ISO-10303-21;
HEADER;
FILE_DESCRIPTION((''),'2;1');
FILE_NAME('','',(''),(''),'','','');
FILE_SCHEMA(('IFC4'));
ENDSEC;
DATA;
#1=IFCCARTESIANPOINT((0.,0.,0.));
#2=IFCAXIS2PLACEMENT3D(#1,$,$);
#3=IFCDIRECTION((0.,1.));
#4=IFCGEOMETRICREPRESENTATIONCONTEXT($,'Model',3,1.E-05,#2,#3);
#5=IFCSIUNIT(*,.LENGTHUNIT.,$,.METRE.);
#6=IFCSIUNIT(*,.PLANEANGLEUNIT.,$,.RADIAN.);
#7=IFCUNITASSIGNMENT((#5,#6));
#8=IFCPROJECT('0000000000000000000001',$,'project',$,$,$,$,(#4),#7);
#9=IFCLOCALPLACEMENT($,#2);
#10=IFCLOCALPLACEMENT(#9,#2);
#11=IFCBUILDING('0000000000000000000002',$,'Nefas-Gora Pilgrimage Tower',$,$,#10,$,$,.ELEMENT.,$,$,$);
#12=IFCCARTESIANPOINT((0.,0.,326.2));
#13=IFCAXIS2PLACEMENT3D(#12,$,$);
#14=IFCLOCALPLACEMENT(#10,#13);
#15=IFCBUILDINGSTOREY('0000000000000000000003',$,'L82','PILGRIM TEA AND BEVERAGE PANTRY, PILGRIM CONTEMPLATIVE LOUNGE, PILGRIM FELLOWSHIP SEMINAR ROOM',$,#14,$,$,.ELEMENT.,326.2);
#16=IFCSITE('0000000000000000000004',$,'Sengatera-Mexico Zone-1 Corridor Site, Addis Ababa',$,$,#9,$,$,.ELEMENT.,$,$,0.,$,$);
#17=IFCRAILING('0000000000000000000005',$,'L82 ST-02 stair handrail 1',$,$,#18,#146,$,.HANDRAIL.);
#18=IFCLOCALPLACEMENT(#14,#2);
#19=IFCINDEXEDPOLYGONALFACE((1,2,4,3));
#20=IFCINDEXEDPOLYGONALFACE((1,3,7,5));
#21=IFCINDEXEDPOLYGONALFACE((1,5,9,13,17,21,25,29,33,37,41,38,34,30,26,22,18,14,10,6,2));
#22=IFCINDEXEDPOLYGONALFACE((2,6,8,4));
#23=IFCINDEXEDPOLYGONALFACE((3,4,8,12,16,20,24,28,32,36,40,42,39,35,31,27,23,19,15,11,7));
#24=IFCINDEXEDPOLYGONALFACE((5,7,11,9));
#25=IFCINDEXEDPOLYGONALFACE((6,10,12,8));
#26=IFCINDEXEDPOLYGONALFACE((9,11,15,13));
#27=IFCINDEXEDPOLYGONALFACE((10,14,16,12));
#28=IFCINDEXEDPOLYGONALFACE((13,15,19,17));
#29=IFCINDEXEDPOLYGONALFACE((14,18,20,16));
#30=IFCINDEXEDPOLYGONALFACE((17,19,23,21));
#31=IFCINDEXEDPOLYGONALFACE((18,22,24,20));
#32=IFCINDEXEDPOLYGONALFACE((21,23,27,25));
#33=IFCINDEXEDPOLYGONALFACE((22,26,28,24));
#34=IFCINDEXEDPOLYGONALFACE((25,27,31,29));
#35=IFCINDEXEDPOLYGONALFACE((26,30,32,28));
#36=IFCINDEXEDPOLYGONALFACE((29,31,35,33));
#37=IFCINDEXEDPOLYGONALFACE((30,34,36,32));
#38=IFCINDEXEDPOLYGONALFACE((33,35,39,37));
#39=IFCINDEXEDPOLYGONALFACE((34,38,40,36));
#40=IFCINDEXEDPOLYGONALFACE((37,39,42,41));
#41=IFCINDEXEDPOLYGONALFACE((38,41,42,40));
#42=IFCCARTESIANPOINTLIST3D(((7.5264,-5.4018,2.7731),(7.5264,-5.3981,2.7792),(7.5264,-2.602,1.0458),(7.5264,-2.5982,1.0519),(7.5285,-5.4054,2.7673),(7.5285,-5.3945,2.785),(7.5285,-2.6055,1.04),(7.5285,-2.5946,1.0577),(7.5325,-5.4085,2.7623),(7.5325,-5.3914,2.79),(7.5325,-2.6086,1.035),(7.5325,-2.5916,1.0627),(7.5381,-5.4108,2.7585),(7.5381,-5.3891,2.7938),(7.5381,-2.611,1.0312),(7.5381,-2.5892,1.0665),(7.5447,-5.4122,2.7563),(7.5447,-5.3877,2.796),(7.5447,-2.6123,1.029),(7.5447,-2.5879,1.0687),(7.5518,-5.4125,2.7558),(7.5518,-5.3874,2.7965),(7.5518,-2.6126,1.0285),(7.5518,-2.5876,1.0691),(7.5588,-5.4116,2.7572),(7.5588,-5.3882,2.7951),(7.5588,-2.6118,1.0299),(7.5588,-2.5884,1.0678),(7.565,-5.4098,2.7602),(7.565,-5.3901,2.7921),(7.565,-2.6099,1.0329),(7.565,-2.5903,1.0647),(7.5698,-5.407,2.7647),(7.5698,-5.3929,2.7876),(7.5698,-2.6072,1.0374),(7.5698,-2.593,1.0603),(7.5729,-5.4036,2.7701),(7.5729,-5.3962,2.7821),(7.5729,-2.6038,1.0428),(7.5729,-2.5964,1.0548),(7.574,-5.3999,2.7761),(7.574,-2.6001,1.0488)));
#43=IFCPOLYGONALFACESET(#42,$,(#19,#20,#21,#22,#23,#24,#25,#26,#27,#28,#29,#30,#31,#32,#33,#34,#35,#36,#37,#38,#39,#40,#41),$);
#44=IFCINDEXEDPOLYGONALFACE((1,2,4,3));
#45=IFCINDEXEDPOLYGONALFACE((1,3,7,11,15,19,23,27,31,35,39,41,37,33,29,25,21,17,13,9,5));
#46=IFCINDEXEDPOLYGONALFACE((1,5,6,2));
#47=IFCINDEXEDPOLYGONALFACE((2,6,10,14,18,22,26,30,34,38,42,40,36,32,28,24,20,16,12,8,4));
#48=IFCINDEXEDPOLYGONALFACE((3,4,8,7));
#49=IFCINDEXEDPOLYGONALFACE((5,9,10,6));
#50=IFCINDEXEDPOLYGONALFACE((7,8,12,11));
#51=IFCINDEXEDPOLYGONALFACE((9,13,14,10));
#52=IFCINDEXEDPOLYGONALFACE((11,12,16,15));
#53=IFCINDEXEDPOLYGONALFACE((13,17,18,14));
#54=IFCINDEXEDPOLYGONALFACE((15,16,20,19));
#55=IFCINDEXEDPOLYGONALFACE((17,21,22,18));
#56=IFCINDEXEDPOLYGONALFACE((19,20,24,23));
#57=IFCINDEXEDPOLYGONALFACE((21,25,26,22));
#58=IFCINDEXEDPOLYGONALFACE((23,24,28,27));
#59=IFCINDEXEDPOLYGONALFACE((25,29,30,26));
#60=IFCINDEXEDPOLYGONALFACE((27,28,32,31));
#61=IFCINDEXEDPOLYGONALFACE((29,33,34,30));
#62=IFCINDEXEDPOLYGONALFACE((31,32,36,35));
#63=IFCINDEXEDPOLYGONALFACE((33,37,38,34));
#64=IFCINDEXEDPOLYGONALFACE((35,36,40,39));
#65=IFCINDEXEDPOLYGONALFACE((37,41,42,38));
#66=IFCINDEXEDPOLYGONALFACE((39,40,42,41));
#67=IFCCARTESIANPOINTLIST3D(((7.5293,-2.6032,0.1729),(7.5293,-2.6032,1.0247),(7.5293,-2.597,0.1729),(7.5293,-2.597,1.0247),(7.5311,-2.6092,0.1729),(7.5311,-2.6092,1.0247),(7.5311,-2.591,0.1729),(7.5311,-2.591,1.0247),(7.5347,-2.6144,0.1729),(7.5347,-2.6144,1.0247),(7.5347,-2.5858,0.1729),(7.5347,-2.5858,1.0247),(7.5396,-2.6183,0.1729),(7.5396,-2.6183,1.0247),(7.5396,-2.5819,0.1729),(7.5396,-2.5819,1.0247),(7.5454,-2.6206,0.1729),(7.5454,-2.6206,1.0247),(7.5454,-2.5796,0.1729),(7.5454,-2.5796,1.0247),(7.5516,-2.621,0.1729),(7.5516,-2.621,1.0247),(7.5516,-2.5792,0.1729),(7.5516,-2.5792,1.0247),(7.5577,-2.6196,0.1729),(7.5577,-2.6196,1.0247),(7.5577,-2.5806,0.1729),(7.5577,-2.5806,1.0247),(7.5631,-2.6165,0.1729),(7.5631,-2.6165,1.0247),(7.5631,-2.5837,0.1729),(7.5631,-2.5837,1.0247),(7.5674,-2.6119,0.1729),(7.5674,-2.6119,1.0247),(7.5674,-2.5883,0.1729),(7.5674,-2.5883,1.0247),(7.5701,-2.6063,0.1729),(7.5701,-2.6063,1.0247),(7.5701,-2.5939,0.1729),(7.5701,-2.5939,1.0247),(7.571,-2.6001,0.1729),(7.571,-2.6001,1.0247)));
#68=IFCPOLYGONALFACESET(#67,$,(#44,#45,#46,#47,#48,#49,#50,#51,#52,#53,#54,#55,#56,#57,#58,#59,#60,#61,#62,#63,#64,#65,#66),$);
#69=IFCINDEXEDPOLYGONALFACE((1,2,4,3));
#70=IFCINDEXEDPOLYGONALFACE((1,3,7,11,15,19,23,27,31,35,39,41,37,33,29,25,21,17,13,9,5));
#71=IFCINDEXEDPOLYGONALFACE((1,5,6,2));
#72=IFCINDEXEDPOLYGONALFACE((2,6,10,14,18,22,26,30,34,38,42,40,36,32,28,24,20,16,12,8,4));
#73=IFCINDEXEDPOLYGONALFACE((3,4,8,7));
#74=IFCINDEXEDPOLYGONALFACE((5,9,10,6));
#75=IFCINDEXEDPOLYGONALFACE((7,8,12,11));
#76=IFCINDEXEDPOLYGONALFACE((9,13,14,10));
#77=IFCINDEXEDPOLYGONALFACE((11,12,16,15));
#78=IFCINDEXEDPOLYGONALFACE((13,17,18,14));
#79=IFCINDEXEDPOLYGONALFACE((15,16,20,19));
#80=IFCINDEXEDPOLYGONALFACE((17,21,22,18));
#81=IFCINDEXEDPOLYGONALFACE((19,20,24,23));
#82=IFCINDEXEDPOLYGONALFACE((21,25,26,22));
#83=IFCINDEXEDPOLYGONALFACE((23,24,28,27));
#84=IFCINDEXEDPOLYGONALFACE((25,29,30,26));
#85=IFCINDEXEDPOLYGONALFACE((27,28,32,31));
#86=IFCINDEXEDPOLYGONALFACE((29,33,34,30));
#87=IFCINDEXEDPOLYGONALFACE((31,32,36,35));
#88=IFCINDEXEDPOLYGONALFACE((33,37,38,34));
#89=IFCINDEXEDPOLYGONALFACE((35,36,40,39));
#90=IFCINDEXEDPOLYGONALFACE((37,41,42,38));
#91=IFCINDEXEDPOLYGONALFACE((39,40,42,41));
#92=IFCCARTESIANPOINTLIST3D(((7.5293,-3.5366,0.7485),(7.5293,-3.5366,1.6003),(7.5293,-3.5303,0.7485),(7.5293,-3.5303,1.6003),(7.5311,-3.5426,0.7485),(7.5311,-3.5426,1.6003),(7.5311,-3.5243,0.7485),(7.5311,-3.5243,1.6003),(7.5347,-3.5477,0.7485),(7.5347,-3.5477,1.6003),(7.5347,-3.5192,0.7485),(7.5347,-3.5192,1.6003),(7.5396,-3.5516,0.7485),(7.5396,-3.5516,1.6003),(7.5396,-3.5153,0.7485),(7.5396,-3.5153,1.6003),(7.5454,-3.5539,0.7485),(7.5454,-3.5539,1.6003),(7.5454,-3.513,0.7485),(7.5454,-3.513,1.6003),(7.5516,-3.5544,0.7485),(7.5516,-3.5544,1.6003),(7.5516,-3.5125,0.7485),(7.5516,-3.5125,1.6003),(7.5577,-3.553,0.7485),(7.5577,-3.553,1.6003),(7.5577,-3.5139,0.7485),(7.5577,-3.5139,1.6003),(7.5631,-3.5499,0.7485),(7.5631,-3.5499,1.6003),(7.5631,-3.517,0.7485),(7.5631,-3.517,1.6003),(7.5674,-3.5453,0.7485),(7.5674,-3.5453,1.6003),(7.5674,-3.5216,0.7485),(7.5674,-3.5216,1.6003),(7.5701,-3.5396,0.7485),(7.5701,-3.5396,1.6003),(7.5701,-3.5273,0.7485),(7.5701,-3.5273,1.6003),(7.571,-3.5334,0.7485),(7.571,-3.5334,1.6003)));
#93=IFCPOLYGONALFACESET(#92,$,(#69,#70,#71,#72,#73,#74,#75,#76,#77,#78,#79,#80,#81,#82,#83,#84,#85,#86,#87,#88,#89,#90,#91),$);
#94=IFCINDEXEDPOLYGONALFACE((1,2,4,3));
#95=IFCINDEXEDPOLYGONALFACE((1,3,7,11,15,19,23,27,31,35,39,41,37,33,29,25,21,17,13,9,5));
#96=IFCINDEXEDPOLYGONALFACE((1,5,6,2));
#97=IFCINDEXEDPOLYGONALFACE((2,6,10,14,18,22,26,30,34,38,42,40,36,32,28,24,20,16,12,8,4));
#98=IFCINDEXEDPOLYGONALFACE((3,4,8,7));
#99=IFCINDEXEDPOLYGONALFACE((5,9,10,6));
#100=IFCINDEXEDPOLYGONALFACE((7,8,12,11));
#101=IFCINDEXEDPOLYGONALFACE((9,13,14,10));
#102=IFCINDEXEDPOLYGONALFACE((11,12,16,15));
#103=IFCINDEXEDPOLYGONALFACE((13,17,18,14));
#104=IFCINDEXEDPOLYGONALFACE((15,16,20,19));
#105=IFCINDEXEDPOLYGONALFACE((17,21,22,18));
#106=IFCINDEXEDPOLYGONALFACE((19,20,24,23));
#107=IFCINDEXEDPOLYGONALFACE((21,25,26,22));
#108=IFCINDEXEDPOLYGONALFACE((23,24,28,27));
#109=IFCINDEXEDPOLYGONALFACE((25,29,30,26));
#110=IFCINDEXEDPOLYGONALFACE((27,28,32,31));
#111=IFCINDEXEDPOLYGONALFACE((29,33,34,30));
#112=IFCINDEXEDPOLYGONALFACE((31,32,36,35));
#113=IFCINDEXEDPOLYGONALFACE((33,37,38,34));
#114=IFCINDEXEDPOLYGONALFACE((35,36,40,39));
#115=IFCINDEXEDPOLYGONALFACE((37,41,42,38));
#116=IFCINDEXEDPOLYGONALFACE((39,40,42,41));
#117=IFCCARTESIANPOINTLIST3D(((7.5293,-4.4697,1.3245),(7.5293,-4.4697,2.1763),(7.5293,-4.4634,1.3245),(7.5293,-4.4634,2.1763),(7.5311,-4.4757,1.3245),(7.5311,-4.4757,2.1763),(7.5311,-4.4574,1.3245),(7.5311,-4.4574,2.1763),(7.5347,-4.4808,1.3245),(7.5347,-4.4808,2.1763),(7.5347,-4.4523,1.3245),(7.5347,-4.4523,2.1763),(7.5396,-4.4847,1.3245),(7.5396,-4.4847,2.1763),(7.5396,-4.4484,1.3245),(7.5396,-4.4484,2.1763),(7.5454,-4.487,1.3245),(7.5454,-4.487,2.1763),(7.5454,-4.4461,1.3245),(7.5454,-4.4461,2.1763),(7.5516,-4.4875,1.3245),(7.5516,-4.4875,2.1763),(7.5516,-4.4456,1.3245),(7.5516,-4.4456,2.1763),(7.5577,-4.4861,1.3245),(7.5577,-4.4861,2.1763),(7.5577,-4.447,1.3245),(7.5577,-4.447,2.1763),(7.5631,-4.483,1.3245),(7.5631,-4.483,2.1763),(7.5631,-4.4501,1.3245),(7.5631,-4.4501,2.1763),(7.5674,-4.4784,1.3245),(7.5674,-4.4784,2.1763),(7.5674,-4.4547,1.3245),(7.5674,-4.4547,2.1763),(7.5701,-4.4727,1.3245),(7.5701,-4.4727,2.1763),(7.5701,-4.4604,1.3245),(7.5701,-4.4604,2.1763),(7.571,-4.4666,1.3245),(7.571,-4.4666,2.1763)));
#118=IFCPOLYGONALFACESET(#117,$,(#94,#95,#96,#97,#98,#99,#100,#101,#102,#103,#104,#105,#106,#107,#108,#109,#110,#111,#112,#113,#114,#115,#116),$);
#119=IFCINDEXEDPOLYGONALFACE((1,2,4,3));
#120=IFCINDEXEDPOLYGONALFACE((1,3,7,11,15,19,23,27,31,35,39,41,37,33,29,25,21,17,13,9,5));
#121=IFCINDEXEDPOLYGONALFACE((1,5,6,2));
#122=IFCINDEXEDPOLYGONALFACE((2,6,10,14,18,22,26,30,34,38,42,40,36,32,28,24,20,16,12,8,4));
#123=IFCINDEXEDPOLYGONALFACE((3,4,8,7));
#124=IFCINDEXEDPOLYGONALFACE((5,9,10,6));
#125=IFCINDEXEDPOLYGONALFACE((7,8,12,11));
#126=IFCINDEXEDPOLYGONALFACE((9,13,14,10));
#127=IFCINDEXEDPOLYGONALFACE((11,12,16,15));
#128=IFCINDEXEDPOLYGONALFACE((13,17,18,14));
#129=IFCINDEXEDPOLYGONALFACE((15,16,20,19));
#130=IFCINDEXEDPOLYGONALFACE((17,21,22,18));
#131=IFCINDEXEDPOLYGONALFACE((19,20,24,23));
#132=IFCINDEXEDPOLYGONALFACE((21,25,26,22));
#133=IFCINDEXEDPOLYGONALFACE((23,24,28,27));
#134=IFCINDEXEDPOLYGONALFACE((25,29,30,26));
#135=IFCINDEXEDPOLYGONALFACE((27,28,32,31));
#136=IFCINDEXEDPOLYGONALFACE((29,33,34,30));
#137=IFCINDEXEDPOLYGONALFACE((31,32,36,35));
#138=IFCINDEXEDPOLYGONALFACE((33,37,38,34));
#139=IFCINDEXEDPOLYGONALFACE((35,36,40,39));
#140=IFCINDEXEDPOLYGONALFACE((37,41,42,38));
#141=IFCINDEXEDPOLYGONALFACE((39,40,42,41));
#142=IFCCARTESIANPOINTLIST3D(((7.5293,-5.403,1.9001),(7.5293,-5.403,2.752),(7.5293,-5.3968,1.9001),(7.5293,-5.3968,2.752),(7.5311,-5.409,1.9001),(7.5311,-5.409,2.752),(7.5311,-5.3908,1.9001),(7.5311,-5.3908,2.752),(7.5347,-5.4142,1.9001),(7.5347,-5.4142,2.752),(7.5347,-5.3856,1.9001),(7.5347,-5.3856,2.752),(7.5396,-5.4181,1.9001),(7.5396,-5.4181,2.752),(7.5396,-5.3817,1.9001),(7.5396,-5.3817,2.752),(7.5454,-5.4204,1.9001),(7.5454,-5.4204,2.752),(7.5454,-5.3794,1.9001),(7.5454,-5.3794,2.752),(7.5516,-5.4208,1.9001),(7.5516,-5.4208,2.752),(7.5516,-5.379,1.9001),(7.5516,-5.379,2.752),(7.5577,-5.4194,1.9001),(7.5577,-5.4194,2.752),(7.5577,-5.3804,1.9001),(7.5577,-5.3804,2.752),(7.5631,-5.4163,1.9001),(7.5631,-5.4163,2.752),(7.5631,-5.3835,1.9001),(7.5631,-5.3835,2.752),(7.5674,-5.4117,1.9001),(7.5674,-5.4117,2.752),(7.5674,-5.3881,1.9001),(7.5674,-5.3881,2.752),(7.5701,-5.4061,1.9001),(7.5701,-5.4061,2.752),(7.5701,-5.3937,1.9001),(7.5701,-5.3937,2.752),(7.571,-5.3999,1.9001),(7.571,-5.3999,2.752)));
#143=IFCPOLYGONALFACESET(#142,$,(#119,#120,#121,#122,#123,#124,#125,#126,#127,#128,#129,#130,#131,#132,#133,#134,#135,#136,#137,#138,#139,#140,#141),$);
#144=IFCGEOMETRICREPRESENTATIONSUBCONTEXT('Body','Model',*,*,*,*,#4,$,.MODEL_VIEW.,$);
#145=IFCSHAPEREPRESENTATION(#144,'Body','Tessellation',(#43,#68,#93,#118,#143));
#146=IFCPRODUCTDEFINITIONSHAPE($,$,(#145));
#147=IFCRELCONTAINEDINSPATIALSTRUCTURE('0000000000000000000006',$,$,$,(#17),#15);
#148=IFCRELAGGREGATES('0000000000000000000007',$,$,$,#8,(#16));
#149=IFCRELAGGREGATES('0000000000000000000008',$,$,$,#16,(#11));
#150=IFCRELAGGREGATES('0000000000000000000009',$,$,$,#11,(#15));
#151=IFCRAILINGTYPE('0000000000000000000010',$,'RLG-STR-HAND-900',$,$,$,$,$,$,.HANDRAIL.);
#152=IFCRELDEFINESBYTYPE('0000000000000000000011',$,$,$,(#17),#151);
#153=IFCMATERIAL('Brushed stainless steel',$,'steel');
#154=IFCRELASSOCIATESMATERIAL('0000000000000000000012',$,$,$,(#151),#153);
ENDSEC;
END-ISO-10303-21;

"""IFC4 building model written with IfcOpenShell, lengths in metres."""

from ifc_helpers import new_model, si_unit, direction, frame, origin, origin_2d, place, context, subcontext, project, spatial, circle, extrude, material, type_object, element, save


model = new_model("IFC4")

# Units and contexts
model_context = context("Model", 3, precision=1e-05, world=origin(), true_north=direction((0.0, 1.0)))
body_context = subcontext(model_context, "Body", "Model", "MODEL_VIEW")
ifc_project = project(units=[si_unit("LENGTHUNIT", "METRE"), si_unit("PLANEANGLEUNIT", "RADIAN")], contexts=[model_context])

# Site, building, storey
site_placement = place(None, origin())
site = spatial("IfcSite", under=ifc_project, at=site_placement, Name="Sengatera-Mexico Zone-1 Corridor Site, Addis Ababa", CompositionType="ELEMENT", RefElevation=0.0)
building_placement = place(site_placement, origin())
building = spatial("IfcBuilding", under=site, at=building_placement, Name="Nefas-Gora Pilgrimage Tower", CompositionType="ELEMENT")
storey_placement = place(building_placement, frame((0.0, 0.0, 326.2)))
storey = spatial("IfcBuildingStorey", under=building, at=storey_placement, Name="L82", Description="PILGRIM TEA AND BEVERAGE PANTRY, PILGRIM CONTEMPLATIVE LOUNGE, PILGRIM FELLOWSHIP SEMINAR ROOM", CompositionType="ELEMENT", Elevation=326.2)

# Railing
ifc_material_1 = material(Name="Brushed stainless steel", Category="steel")
railing_type_1 = type_object("IfcRailingType", Name="RLG-STR-HAND-900", PredefinedType="HANDRAIL", material=ifc_material_1)
railing_1_placement = place(storey_placement, frame((7.55, -2.6001, 0.1729)))
element("IfcRailing", 1, at=railing_1_placement, inside=storey, type_object=railing_type_1, Name="L82 ST-02 stair handrail 1", PredefinedType="HANDRAIL", context=body_context, shape_type="SweptSolid", body=[
    extrude(circle(Radius=0.0239, at=origin_2d()), frame((0.0, 0.0, 0.876), z_axis=(0.0, -0.851069, 0.525054), x_axis=(1.0, 0.0, 0.0)), (0.0, 0.0, 1.0), 3.2898),
    extrude(circle(Radius=0.021, at=origin_2d()), origin(), (0.0, 0.0, 1.0), 0.8518),
    extrude(circle(Radius=0.021, at=origin_2d()), frame((0.0, -0.9333, 0.5757)), (0.0, 0.0, 1.0), 0.8518),
    extrude(circle(Radius=0.021, at=origin_2d()), frame((0.0, -1.8665, 1.1516)), (0.0, 0.0, 1.0), 0.8518),
    extrude(circle(Radius=0.021, at=origin_2d()), frame((0.0, -2.7998, 1.7273)), (0.0, 0.0, 1.0), 0.8518),
])

save(model, "model.ifc")
